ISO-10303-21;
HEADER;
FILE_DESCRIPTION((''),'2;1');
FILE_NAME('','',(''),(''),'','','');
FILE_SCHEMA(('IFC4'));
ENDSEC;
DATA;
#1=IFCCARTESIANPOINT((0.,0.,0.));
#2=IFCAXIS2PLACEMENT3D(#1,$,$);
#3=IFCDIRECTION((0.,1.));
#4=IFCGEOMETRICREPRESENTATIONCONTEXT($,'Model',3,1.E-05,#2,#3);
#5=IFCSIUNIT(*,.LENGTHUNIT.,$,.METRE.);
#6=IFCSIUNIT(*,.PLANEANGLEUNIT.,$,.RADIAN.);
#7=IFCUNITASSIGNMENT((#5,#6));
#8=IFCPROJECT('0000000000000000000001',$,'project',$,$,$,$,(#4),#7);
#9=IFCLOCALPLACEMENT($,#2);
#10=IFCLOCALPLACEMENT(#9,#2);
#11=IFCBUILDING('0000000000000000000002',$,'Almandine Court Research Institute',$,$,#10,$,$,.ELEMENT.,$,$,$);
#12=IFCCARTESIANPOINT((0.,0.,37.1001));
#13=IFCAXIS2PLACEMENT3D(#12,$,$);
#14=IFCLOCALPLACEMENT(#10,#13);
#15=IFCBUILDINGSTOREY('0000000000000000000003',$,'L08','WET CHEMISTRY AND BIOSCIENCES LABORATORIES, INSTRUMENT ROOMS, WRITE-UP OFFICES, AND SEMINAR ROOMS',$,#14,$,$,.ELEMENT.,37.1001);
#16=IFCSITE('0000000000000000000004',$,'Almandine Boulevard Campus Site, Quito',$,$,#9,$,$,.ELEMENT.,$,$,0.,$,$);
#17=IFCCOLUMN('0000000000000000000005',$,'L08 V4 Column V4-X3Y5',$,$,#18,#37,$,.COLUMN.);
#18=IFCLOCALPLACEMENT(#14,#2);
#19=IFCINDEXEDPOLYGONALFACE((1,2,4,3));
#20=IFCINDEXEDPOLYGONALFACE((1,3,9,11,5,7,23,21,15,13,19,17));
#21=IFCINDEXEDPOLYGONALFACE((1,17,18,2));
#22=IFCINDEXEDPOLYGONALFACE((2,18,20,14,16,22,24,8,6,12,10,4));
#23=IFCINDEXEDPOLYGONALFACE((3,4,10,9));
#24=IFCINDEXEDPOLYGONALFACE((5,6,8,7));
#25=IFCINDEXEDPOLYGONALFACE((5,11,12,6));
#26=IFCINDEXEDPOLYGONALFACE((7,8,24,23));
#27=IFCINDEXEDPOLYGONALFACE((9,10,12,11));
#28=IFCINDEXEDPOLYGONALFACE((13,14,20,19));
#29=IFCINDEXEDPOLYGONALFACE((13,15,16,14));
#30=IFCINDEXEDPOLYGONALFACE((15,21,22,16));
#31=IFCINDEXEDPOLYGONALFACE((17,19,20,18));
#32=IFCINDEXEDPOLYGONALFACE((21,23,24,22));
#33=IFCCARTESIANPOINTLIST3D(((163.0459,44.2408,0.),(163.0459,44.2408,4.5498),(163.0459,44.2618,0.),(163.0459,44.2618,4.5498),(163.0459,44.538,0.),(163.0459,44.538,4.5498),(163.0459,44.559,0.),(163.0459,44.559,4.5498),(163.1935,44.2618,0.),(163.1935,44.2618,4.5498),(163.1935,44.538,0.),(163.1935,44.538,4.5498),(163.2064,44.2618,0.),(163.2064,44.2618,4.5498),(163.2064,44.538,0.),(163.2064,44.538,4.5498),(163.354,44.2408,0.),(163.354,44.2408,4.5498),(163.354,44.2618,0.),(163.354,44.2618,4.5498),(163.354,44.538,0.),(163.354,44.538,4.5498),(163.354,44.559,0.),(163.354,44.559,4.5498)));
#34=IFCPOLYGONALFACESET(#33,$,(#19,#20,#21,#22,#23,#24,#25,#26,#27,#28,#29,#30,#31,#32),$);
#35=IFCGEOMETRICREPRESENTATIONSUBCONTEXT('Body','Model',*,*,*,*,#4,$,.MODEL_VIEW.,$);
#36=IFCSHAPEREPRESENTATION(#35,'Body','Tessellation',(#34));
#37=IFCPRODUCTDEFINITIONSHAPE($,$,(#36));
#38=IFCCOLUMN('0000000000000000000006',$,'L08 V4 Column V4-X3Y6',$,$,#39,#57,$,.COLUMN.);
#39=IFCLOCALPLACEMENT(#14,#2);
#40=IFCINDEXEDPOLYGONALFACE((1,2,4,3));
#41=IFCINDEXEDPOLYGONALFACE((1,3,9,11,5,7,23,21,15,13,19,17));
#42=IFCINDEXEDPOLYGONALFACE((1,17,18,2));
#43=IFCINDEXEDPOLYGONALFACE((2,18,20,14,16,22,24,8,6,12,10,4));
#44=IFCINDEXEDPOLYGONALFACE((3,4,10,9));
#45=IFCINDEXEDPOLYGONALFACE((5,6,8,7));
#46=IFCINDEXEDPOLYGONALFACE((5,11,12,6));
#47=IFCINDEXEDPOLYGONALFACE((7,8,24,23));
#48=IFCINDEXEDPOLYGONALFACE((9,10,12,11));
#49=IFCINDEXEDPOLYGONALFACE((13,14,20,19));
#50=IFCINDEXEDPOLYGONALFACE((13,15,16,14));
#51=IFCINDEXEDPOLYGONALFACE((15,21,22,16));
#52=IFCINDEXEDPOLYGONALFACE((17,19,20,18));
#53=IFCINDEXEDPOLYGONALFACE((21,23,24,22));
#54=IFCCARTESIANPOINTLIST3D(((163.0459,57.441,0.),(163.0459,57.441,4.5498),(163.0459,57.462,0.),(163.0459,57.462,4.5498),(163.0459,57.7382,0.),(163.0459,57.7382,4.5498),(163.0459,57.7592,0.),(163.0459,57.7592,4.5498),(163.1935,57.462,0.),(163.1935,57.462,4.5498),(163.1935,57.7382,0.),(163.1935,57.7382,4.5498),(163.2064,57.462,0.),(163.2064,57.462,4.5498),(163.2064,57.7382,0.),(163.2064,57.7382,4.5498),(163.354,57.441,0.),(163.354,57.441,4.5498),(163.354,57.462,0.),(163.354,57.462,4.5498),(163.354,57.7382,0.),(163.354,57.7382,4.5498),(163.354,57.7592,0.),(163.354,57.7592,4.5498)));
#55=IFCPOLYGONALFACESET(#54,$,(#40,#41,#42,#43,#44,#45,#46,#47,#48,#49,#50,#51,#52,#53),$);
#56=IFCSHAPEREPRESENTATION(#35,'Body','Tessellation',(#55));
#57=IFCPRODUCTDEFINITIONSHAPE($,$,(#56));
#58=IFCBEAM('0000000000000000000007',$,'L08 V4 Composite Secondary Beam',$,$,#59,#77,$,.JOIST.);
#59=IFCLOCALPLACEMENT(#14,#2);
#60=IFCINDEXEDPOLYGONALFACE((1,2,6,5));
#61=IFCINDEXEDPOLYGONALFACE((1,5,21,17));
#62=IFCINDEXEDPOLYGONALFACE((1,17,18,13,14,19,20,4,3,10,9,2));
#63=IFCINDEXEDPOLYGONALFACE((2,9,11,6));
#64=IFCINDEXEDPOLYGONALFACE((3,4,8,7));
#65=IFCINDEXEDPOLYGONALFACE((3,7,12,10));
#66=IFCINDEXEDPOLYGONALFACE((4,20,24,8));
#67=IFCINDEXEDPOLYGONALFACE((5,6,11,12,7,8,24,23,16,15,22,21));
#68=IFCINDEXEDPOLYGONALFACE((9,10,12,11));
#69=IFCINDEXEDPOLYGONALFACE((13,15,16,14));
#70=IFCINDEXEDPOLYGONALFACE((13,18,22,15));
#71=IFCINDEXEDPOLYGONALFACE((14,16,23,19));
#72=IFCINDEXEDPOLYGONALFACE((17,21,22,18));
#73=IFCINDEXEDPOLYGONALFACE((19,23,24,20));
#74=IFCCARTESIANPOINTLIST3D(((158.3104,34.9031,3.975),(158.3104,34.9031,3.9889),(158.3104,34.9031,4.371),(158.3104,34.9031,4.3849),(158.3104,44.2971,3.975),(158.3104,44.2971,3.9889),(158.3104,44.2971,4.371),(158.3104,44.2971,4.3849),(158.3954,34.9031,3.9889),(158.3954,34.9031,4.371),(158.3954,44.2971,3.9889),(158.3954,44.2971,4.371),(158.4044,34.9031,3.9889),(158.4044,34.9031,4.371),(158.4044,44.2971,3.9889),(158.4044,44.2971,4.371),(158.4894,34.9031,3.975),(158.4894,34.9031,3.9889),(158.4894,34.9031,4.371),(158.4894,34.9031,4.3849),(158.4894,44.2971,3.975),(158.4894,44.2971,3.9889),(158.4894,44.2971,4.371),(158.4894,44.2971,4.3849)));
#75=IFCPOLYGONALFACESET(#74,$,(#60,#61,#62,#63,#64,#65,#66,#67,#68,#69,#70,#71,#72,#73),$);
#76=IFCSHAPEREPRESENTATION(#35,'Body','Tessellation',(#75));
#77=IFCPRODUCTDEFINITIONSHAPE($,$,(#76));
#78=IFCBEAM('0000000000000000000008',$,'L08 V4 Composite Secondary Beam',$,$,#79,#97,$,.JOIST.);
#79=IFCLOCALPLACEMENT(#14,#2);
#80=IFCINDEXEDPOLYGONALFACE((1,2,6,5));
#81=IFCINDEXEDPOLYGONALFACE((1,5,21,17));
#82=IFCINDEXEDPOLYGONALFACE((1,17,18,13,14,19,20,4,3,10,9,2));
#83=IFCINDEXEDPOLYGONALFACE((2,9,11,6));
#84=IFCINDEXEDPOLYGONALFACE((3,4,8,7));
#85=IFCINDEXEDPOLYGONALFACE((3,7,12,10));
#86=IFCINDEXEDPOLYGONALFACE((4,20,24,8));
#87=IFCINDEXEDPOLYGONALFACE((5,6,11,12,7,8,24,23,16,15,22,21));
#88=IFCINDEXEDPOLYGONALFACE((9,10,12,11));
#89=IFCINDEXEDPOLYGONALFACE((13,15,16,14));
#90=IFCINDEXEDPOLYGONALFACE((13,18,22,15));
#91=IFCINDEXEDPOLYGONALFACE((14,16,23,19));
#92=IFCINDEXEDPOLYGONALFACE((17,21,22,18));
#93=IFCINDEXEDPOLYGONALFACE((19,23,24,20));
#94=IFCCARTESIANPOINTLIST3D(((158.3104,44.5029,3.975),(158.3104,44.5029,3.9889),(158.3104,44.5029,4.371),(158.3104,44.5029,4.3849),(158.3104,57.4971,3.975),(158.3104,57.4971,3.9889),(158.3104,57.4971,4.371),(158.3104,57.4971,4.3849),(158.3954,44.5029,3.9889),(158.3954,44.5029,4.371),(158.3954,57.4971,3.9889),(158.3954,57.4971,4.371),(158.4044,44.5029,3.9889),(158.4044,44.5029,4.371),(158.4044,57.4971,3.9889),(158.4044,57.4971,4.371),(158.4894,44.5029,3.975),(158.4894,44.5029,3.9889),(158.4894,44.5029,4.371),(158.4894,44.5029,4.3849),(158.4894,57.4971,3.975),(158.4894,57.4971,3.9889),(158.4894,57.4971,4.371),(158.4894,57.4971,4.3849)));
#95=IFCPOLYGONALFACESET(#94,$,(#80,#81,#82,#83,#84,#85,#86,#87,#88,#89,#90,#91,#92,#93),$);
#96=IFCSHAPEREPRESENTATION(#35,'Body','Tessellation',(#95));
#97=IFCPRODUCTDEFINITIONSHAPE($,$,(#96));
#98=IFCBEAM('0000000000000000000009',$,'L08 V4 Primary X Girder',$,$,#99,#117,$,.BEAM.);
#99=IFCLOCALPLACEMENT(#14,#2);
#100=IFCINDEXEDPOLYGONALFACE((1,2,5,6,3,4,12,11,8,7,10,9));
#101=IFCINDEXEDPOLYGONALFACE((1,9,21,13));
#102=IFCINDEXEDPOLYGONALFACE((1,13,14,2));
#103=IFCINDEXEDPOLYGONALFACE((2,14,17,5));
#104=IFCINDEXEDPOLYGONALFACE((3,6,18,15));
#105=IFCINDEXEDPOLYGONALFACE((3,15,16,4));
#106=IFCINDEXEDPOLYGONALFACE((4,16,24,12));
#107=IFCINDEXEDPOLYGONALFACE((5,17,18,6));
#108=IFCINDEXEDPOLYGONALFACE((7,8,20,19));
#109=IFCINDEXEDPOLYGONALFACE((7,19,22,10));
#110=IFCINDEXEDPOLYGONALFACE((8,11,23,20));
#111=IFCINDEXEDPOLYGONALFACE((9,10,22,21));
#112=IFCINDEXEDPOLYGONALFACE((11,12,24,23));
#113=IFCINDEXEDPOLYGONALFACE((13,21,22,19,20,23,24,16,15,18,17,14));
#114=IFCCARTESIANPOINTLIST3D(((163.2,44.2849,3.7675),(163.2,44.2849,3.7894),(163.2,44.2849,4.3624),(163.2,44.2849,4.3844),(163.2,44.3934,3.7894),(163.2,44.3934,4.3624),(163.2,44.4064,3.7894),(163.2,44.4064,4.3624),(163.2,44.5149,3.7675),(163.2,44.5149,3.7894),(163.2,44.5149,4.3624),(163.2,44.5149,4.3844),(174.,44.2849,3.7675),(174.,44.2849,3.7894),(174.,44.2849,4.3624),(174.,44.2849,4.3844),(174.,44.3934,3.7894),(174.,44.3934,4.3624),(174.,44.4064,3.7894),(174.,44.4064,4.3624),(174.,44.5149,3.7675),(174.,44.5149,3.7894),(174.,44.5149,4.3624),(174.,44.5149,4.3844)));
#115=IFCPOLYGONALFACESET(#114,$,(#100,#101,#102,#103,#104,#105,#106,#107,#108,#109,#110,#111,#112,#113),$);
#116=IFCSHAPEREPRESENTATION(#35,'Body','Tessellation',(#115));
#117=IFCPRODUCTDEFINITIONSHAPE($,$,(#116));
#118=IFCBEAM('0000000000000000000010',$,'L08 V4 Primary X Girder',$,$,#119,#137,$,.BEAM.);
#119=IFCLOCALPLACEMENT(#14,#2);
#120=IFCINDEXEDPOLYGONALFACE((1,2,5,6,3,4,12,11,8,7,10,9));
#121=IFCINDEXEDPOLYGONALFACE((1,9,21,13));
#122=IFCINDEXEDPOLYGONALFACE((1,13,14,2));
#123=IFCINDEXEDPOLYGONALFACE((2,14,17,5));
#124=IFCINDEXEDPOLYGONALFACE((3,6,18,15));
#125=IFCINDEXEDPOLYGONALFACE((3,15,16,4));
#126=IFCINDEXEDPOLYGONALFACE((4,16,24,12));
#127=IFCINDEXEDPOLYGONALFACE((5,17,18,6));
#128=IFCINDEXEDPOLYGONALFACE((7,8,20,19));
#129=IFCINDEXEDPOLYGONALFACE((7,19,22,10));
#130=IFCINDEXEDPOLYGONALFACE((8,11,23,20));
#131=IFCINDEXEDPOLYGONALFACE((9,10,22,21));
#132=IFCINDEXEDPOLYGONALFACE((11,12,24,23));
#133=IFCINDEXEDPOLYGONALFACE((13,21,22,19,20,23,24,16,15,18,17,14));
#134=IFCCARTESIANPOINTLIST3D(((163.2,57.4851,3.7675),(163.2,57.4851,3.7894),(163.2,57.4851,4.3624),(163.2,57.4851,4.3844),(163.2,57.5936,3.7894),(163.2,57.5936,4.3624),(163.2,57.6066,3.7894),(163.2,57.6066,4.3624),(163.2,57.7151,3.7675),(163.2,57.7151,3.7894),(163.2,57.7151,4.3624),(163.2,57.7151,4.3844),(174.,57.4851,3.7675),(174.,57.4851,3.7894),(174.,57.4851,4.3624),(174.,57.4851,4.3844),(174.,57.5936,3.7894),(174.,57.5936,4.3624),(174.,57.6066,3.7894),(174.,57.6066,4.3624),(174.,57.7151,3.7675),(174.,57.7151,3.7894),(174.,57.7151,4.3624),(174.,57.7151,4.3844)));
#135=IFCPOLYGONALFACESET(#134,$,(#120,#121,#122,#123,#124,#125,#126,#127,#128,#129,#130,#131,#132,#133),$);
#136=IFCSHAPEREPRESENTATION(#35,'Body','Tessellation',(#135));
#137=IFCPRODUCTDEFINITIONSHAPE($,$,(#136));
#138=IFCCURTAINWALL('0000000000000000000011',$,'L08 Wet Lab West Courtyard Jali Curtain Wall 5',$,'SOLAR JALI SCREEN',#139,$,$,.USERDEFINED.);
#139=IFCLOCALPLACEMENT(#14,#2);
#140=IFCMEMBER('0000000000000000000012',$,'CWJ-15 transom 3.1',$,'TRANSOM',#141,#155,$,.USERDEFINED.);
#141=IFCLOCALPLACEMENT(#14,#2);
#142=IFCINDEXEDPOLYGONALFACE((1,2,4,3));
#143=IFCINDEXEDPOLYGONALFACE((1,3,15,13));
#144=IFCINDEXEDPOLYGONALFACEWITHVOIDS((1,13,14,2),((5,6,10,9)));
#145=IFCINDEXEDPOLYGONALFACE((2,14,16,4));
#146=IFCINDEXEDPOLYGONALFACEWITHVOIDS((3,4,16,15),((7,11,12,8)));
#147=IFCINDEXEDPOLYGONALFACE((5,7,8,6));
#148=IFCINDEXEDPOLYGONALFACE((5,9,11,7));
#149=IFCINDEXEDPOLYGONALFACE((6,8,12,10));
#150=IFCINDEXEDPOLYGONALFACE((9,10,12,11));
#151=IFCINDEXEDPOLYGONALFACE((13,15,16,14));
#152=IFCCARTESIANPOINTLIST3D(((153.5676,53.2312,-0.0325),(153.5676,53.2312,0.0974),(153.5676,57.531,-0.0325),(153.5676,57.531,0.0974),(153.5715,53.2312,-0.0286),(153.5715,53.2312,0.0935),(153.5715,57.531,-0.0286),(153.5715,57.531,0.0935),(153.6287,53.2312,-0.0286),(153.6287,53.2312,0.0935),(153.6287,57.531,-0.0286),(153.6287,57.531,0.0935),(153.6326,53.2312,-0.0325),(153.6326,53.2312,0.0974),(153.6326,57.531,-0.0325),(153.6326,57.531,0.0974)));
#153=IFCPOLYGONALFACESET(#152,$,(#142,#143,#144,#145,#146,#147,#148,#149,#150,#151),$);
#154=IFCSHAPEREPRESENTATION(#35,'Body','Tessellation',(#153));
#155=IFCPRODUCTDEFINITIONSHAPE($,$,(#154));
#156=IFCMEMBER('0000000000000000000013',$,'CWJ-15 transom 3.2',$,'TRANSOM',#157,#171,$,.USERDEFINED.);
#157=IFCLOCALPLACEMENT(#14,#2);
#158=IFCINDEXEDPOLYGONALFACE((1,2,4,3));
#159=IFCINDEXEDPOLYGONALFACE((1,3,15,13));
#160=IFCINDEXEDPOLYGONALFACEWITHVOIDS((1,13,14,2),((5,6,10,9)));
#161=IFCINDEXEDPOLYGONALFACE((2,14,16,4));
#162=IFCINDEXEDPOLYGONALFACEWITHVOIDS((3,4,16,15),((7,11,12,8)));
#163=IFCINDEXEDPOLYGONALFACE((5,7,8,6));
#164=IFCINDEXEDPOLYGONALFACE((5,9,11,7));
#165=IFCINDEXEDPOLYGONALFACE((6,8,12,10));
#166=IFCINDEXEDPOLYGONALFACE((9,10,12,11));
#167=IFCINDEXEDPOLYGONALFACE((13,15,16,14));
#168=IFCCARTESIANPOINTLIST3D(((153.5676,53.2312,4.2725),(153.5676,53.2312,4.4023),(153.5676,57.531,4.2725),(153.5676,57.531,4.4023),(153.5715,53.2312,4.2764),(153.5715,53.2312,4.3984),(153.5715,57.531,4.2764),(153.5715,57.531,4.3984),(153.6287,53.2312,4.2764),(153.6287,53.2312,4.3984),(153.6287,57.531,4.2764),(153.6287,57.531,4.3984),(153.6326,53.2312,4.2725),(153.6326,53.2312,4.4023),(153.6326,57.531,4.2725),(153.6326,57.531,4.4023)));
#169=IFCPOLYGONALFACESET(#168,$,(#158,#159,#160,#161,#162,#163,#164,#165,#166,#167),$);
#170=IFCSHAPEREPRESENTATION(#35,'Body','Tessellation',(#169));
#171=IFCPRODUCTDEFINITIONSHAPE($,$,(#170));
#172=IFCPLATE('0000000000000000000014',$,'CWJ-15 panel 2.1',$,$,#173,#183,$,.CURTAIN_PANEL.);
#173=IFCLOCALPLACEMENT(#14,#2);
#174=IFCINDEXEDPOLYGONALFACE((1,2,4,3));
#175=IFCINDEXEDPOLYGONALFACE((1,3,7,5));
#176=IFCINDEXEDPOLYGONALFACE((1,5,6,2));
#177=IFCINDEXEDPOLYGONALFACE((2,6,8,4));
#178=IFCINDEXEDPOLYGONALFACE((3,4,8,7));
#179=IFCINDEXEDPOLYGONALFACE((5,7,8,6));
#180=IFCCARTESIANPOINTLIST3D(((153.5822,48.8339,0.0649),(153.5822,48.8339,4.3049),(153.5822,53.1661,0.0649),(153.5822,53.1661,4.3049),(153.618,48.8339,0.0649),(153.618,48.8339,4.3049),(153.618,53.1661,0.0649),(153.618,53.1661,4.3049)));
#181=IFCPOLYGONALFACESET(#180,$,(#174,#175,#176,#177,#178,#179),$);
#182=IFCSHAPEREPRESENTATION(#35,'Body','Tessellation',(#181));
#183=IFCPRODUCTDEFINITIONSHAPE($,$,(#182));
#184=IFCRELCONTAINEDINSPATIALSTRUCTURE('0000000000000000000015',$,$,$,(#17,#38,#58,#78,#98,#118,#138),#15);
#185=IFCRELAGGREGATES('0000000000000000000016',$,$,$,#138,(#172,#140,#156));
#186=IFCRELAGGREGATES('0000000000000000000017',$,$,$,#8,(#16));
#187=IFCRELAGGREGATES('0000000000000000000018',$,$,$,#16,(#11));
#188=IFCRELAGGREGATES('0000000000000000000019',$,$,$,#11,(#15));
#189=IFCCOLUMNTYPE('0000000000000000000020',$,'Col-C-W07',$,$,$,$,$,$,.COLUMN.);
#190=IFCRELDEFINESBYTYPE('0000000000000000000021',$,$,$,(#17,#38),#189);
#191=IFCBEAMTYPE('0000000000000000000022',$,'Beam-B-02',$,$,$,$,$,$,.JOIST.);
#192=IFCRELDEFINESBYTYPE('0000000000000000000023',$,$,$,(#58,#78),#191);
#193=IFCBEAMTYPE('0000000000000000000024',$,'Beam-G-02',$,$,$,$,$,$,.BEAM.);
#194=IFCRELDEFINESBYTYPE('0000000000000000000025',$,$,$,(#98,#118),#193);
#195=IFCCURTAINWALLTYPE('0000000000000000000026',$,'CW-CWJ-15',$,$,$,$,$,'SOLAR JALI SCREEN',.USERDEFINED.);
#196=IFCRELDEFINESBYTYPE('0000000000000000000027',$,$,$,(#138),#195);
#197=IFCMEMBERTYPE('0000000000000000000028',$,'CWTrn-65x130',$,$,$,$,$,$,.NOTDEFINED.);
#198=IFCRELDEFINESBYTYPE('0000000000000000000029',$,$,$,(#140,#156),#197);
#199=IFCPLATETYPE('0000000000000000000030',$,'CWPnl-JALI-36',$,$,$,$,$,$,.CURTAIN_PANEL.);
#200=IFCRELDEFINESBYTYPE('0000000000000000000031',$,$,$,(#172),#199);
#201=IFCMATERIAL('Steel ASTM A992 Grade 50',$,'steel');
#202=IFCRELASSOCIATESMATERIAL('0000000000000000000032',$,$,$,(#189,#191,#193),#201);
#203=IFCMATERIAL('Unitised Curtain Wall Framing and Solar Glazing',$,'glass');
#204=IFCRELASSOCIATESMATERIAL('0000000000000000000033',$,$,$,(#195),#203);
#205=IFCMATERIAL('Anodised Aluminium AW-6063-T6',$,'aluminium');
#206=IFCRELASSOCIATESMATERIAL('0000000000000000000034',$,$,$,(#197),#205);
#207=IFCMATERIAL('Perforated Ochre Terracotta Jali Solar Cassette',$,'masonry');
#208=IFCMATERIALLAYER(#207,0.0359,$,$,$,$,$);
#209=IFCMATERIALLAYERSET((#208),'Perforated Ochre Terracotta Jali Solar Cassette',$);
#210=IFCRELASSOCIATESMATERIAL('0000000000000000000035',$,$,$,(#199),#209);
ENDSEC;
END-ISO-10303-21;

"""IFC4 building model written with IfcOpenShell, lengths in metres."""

from ifc_helpers import new_model, si_unit, direction, frame, origin, origin_2d, place, context, subcontext, project, spatial, rectangle, hollow_rectangle, i_section, extrude, material, layer, layer_set, material_profile, profile_set, type_object, element, aggregate, save


model = new_model("IFC4")

# Units and contexts
model_context = context("Model", 3, precision=1e-05, world=origin(), true_north=direction((0.0, 1.0)))
body_context = subcontext(model_context, "Body", "Model", "MODEL_VIEW")
ifc_project = project(units=[si_unit("LENGTHUNIT", "METRE"), si_unit("PLANEANGLEUNIT", "RADIAN")], contexts=[model_context])

# Site, building, storey
site_placement = place(None, origin())
site = spatial("IfcSite", under=ifc_project, at=site_placement, Name="Almandine Boulevard Campus Site, Quito", CompositionType="ELEMENT", RefElevation=0.0)
building_placement = place(site_placement, origin())
building = spatial("IfcBuilding", under=site, at=building_placement, Name="Almandine Court Research Institute", CompositionType="ELEMENT")
storey_placement = place(building_placement, frame((0.0, 0.0, 37.1001)))
storey = spatial("IfcBuildingStorey", under=building, at=storey_placement, Name="L08", Description="WET CHEMISTRY AND BIOSCIENCES LABORATORIES, INSTRUMENT ROOMS, WRITE-UP OFFICES, AND SEMINAR ROOMS", CompositionType="ELEMENT", Elevation=37.1001)

# Columns
ifc_material_1 = material(Name="Steel ASTM A992 Grade 50", Category="steel")
ifc_material_profile_1 = material_profile(ifc_material_1, i_section(OverallWidth=0.3081, OverallDepth=0.3181, WebThickness=0.0129, FlangeThickness=0.021, at=origin_2d()), Name="W310x129")
ifc_profile_set_1 = profile_set([ifc_material_profile_1], Name="Steel ASTM A992 Grade 50")
column_type = type_object("IfcColumnType", Name="Col-C-W07", PredefinedType="COLUMN", material=ifc_profile_set_1)
for number, where, z_axis, x_axis, name in (
    (1, (163.2, 44.3999, 0.0), (0.0, 0.0, 1.0), (1.0, 0.0, 0.0), "L08 V4 Column V4-X3Y5"),
    (2, (163.2, 57.6001, 0.0), (0.0, 0.0, 1.0), (1.0, 0.0, 0.0), "L08 V4 Column V4-X3Y6"),
):
    element("IfcColumn", number, at=place(storey_placement, frame(where, z_axis=z_axis, x_axis=x_axis)), inside=storey, type_object=column_type, Name=name, PredefinedType="COLUMN", context=body_context, shape_type="SweptSolid", body=[
        extrude(i_section(OverallWidth=0.3081, OverallDepth=0.3181, WebThickness=0.0129, FlangeThickness=0.021, at=origin_2d()), origin(), (0.0, 0.0, 1.0), 4.5498),
    ])

# Beams
ifc_material_profile_2 = material_profile(ifc_material_1, i_section(OverallWidth=0.179, OverallDepth=0.4099, WebThickness=0.009, FlangeThickness=0.0139, at=origin_2d()), Name="W410x67")
ifc_profile_set_2 = profile_set([ifc_material_profile_2], Name="Steel ASTM A992 Grade 50")
beam_type_1 = type_object("IfcBeamType", Name="Beam-B-02", PredefinedType="JOIST", material=ifc_profile_set_2)
beam_1_placement = place(storey_placement, frame((158.3999, 34.9031, 4.1799), z_axis=(0.0, 1.0, 0.0), x_axis=(-1.0, 0.0, 0.0)))
element("IfcBeam", 3, at=beam_1_placement, inside=storey, type_object=beam_type_1, Name="L08 V4 Composite Secondary Beam", PredefinedType="JOIST", context=body_context, shape_type="SweptSolid", body=[
    extrude(i_section(OverallWidth=0.179, OverallDepth=0.4099, WebThickness=0.009, FlangeThickness=0.0139, at=origin_2d()), origin(), (0.0, 0.0, 1.0), 9.394),
])
beam_2_placement = place(storey_placement, frame((158.3999, 44.5029, 4.1799), z_axis=(0.0, 1.0, 0.0), x_axis=(-1.0, 0.0, 0.0)))
element("IfcBeam", 4, at=beam_2_placement, inside=storey, type_object=beam_type_1, Name="L08 V4 Composite Secondary Beam", PredefinedType="JOIST", context=body_context, shape_type="SweptSolid", body=[
    extrude(i_section(OverallWidth=0.179, OverallDepth=0.4099, WebThickness=0.009, FlangeThickness=0.0139, at=origin_2d()), origin(), (0.0, 0.0, 1.0), 12.9941),
])
ifc_material_profile_3 = material_profile(ifc_material_1, i_section(OverallWidth=0.23, OverallDepth=0.6169, WebThickness=0.0129, FlangeThickness=0.022, at=origin_2d()), Name="W610x140")
ifc_profile_set_3 = profile_set([ifc_material_profile_3], Name="Steel ASTM A992 Grade 50")
beam_type_2 = type_object("IfcBeamType", Name="Beam-G-02", PredefinedType="BEAM", material=ifc_profile_set_3)
for number, where, z_axis, x_axis, name in (
    (5, (163.2, 44.3999, 4.0759), (1.0, 0.0, 0.0), (0.0, 1.0, 0.0), "L08 V4 Primary X Girder"),
    (6, (163.2, 57.6001, 4.0759), (1.0, 0.0, 0.0), (0.0, 1.0, 0.0), "L08 V4 Primary X Girder"),
):
    element("IfcBeam", number, at=place(storey_placement, frame(where, z_axis=z_axis, x_axis=x_axis)), inside=storey, type_object=beam_type_2, Name=name, PredefinedType="BEAM", context=body_context, shape_type="SweptSolid", body=[
        extrude(i_section(OverallWidth=0.23, OverallDepth=0.6169, WebThickness=0.0129, FlangeThickness=0.022, at=origin_2d()), origin(), (0.0, 0.0, 1.0), 10.8),
    ])

# Curtain wall, members, plate
ifc_material_2 = material(Name="Unitised Curtain Wall Framing and Solar Glazing", Category="glass")
curtain_wall_type = type_object("IfcCurtainWallType", Name="CW-CWJ-15", ElementType="SOLAR JALI SCREEN", PredefinedType="USERDEFINED", material=ifc_material_2)
curtain_wall_placement = place(storey_placement, origin())
curtain_wall = element("IfcCurtainWall", 7, at=curtain_wall_placement, inside=storey, type_object=curtain_wall_type, Name="L08 Wet Lab West Courtyard Jali Curtain Wall 5", ObjectType="SOLAR JALI SCREEN", PredefinedType="USERDEFINED")
ifc_material_3 = material(Name="Anodised Aluminium AW-6063-T6", Category="aluminium")
ifc_material_profile_4 = material_profile(ifc_material_3, hollow_rectangle(XDim=0.0649, YDim=0.1299, WallThickness=0.0039, at=origin_2d()), Name="ALU RHS 65x130x4")
ifc_profile_set_4 = profile_set([ifc_material_profile_4], Name="Anodised Aluminium AW-6063-T6")
member_type = type_object("IfcMemberType", Name="CWTrn-65x130", PredefinedType="NOTDEFINED", material=ifc_profile_set_4)
member_1_placement = place(storey_placement, frame((153.6001, 53.2312, 0.0325), z_axis=(0.0, 1.0, 0.0), x_axis=(-1.0, 0.0, 0.0)))
member_1 = element("IfcMember", 8, at=member_1_placement, type_object=member_type, Name="CWJ-15 transom 3.1", ObjectType="TRANSOM", PredefinedType="USERDEFINED", context=body_context, shape_type="SweptSolid", body=[
    extrude(hollow_rectangle(XDim=0.0649, YDim=0.1299, WallThickness=0.0039, at=origin_2d()), origin(), (0.0, 0.0, 1.0), 4.2998),
])
member_2_placement = place(storey_placement, frame((153.6001, 53.2312, 4.3374), z_axis=(0.0, 1.0, 0.0), x_axis=(-1.0, 0.0, 0.0)))
member_2 = element("IfcMember", 9, at=member_2_placement, type_object=member_type, Name="CWJ-15 transom 3.2", ObjectType="TRANSOM", PredefinedType="USERDEFINED", context=body_context, shape_type="SweptSolid", body=[
    extrude(hollow_rectangle(XDim=0.0649, YDim=0.1299, WallThickness=0.0039, at=origin_2d()), origin(), (0.0, 0.0, 1.0), 4.2998),
])
ifc_material_4 = material(Name="Perforated Ochre Terracotta Jali Solar Cassette", Category="masonry")
ifc_layer_1 = layer(ifc_material_4, 0.0359)
ifc_layer_set_1 = layer_set([ifc_layer_1], Name="Perforated Ochre Terracotta Jali Solar Cassette")
plate_type = type_object("IfcPlateType", Name="CWPnl-JALI-36", PredefinedType="CURTAIN_PANEL", material=ifc_layer_set_1)
plate_1_placement = place(storey_placement, frame((153.6001, 51.0, 0.0649), z_axis=(0.0, 0.0, 1.0), x_axis=(0.0, 1.0, 0.0)))
plate_1 = element("IfcPlate", 10, at=plate_1_placement, type_object=plate_type, Name="CWJ-15 panel 2.1", PredefinedType="CURTAIN_PANEL", context=body_context, shape_type="SweptSolid", body=[
    extrude(rectangle(XDim=4.3323, YDim=0.0359, at=origin_2d()), origin(), (0.0, 0.0, 1.0), 4.24),
])
aggregate(curtain_wall, [plate_1, member_1, member_2])

save(model, "model.ifc")
